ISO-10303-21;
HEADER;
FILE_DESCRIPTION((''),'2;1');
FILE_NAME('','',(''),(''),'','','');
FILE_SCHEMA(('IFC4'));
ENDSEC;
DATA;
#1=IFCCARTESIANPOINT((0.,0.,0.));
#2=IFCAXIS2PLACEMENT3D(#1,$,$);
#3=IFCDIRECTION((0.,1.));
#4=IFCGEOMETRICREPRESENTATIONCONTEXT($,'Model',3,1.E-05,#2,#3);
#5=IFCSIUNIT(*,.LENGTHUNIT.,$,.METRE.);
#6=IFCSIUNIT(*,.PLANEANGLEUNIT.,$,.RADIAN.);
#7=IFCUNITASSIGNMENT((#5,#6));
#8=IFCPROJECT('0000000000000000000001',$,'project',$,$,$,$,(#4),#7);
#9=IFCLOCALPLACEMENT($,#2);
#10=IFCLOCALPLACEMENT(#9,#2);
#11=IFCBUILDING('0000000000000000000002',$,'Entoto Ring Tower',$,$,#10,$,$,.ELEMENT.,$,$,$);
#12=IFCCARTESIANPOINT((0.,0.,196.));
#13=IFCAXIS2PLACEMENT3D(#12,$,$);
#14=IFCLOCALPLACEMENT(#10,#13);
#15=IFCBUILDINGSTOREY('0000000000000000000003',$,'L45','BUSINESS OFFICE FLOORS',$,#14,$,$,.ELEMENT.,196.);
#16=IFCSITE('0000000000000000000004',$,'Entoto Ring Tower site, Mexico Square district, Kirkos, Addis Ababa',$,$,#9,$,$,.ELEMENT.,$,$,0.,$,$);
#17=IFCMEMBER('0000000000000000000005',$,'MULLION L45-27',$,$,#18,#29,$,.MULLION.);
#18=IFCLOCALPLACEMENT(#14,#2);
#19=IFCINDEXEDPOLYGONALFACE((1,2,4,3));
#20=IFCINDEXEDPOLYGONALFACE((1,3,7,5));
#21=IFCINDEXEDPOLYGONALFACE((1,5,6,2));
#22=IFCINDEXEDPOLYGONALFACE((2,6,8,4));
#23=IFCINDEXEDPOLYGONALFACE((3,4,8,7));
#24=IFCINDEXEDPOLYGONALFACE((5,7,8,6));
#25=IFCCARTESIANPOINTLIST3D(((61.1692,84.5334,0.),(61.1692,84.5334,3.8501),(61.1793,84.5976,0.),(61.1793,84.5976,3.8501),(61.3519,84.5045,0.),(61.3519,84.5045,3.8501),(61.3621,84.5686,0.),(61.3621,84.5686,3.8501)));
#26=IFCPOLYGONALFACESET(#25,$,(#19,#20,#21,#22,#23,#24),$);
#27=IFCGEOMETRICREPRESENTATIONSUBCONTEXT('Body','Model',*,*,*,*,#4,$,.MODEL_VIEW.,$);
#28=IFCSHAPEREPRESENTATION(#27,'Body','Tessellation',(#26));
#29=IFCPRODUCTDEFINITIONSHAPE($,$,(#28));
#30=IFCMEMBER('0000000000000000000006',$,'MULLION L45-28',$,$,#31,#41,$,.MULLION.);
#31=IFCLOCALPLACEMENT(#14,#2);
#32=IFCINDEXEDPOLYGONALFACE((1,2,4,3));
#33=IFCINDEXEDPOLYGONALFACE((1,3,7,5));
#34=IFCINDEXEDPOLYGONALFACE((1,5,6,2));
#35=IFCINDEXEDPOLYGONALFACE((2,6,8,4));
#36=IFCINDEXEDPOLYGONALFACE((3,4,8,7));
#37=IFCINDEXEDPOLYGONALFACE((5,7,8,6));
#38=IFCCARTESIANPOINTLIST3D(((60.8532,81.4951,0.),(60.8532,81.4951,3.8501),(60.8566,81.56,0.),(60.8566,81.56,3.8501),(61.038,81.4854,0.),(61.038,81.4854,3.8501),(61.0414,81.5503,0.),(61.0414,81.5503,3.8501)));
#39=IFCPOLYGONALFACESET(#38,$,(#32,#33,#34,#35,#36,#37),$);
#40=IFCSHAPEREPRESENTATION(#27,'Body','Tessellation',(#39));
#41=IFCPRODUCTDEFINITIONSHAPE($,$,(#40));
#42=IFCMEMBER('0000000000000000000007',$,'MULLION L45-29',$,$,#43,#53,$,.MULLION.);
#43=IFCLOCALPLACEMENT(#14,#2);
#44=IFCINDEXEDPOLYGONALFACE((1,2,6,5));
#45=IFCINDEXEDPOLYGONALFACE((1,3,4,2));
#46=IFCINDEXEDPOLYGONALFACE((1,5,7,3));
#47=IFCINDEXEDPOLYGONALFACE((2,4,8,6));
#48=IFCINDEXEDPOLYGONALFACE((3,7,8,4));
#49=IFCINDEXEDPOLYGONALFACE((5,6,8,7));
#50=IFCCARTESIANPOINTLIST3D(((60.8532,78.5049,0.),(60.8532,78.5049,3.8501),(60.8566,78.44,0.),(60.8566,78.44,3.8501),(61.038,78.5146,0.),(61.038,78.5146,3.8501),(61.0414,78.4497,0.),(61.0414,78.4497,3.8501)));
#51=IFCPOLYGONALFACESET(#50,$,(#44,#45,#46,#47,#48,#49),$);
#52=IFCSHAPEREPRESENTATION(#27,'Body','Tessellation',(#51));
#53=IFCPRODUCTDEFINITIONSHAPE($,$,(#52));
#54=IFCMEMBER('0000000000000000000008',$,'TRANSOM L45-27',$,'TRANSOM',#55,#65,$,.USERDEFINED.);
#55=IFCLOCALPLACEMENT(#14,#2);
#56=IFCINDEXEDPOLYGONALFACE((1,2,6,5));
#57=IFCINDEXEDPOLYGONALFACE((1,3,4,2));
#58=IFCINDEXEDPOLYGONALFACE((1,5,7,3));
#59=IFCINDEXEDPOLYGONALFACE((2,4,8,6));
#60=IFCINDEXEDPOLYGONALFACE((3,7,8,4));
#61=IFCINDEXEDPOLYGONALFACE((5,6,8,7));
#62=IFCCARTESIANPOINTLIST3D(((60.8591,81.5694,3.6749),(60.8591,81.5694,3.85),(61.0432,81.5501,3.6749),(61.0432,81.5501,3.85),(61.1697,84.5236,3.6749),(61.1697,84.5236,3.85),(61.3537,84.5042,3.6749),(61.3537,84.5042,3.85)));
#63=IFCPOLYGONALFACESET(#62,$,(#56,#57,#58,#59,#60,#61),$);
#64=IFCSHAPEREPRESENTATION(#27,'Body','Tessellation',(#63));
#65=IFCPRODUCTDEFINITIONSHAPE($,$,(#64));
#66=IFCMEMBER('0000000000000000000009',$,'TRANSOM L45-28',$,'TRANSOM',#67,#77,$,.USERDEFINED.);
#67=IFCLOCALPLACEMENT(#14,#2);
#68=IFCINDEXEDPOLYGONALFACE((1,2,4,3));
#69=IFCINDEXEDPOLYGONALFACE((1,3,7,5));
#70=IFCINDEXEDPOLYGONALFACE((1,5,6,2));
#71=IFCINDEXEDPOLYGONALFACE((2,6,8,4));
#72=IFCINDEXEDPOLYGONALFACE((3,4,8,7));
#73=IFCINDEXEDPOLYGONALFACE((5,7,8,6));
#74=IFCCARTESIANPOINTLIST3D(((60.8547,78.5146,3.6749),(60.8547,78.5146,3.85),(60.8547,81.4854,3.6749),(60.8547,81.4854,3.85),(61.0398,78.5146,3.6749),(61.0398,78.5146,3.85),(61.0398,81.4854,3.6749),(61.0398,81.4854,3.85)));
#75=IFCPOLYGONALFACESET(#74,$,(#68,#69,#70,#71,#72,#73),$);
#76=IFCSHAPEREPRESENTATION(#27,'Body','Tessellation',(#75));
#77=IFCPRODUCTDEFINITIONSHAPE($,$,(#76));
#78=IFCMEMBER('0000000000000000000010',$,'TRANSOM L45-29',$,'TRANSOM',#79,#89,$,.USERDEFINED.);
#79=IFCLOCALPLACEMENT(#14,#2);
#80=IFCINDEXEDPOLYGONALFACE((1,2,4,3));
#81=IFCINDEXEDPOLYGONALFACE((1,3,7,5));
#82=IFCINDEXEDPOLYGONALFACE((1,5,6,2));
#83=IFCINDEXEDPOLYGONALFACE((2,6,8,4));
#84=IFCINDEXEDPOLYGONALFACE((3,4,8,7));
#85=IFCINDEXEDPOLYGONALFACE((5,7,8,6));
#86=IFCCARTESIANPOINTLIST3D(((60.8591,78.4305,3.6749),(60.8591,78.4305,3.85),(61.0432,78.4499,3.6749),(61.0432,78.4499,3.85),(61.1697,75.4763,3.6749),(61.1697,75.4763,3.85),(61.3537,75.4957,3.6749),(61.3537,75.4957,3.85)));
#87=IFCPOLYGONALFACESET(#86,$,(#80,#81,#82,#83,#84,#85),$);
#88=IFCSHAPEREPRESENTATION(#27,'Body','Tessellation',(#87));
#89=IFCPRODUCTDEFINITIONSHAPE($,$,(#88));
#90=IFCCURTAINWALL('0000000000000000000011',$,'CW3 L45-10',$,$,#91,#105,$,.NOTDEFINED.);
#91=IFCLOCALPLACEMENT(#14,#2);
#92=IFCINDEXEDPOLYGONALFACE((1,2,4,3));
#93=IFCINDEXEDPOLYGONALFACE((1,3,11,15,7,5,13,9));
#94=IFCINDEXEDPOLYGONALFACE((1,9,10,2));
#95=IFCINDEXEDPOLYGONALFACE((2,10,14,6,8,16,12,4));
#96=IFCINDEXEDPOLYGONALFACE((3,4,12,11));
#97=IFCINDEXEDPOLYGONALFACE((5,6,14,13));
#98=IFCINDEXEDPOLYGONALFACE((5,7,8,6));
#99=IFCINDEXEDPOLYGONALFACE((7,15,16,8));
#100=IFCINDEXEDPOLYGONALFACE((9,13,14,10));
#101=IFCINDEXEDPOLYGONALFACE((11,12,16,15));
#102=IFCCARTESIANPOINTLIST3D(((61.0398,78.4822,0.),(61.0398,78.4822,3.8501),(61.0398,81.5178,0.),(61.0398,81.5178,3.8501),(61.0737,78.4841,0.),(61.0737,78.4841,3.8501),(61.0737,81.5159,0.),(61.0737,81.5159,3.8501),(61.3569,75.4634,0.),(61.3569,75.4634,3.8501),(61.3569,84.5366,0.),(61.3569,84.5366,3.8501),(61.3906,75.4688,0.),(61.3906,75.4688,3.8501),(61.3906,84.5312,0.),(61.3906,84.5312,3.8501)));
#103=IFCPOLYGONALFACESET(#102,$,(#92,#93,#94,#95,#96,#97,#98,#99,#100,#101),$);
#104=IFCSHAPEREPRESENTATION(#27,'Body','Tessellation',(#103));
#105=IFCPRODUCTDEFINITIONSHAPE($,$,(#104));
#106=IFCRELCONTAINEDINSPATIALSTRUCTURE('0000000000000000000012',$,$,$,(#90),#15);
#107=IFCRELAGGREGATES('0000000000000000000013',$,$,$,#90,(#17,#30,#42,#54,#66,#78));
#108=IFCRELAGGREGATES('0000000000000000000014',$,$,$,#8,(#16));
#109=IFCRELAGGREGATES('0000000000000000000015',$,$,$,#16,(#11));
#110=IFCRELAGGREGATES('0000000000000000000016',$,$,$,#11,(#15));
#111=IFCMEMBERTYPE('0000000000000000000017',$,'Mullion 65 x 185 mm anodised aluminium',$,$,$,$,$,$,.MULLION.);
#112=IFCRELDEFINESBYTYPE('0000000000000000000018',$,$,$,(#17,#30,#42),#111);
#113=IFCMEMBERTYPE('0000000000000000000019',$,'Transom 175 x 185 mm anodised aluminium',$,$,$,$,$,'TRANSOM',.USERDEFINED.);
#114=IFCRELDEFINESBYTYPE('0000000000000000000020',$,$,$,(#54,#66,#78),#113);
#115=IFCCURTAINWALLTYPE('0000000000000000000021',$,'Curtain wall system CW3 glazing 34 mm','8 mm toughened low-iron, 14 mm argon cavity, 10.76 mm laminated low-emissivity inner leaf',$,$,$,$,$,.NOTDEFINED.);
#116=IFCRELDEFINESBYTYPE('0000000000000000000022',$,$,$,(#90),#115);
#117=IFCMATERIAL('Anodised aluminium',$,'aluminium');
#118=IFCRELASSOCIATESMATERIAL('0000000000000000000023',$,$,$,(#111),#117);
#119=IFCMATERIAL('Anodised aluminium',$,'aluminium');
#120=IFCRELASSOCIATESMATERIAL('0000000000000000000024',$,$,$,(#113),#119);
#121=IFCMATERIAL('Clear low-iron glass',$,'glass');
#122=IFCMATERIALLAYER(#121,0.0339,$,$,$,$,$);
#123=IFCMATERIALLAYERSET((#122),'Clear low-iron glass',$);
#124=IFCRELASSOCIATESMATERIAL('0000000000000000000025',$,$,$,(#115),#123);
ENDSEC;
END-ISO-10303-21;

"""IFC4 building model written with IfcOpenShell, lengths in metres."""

from ifc_helpers import new_model, si_unit, direction, frame, origin, origin_2d, place, context, subcontext, project, spatial, polyline, rectangle, outline, extrude, material, layer, layer_set, material_profile, profile_set, type_object, element, aggregate, save


model = new_model("IFC4")

# Units and contexts
model_context = context("Model", 3, precision=1e-05, world=origin(), true_north=direction((0.0, 1.0)))
body_context = subcontext(model_context, "Body", "Model", "MODEL_VIEW")
ifc_project = project(units=[si_unit("LENGTHUNIT", "METRE"), si_unit("PLANEANGLEUNIT", "RADIAN")], contexts=[model_context])

# Members
ifc_material_1 = material(Name="Anodised aluminium", Category="aluminium")
ifc_material_profile_1 = material_profile(ifc_material_1, rectangle(XDim=0.0649, YDim=0.1851, at=origin_2d()), Name="Mullion 65 x 185 mm anodised aluminium")
ifc_profile_set_1 = profile_set([ifc_material_profile_1], Name="Anodised aluminium")
member_type_1 = type_object("IfcMemberType", Name="Mullion 65 x 185 mm anodised aluminium", PredefinedType="MULLION", material=ifc_profile_set_1)
site_placement = place(None, origin())
building_placement = place(site_placement, origin())
storey_placement = place(building_placement, frame((0.0, 0.0, 196.0)))
member_1_placement = place(storey_placement, frame((61.2656, 84.551, 0.0), z_axis=(0.0, 0.0, 1.0), x_axis=(-0.156434, -0.987688, 0.0)))
member_1 = element("IfcMember", 1, at=member_1_placement, type_object=member_type_1, Name="MULLION L45-27", PredefinedType="MULLION", context=body_context, shape_type="SweptSolid", body=[
    extrude(rectangle(XDim=0.0649, YDim=0.1851, at=origin_2d()), origin(), (0.0, 0.0, 1.0), 3.8501),
])
member_2_placement = place(storey_placement, frame((60.9473, 81.5227, 0.0), z_axis=(0.0, 0.0, 1.0), x_axis=(-0.052336, -0.99863, 0.0)))
member_2 = element("IfcMember", 2, at=member_2_placement, type_object=member_type_1, Name="MULLION L45-28", PredefinedType="MULLION", context=body_context, shape_type="SweptSolid", body=[
    extrude(rectangle(XDim=0.0649, YDim=0.1851, at=origin_2d()), origin(), (0.0, 0.0, 1.0), 3.8501),
])
member_3_placement = place(storey_placement, frame((60.9473, 78.4773, 0.0), z_axis=(0.0, 0.0, 1.0), x_axis=(0.052336, -0.99863, 0.0)))
member_3 = element("IfcMember", 3, at=member_3_placement, type_object=member_type_1, Name="MULLION L45-29", PredefinedType="MULLION", context=body_context, shape_type="SweptSolid", body=[
    extrude(rectangle(XDim=0.0649, YDim=0.1851, at=origin_2d()), origin(), (0.0, 0.0, 1.0), 3.8501),
])
ifc_material_2 = material(Name="Anodised aluminium", Category="aluminium")
ifc_material_profile_2 = material_profile(ifc_material_2, rectangle(XDim=0.1851, YDim=0.175, at=origin_2d()), Name="Transom 175 x 185 mm anodised aluminium")
ifc_profile_set_2 = profile_set([ifc_material_profile_2], Name="Anodised aluminium")
member_type_2 = type_object("IfcMemberType", Name="Transom 175 x 185 mm anodised aluminium", ElementType="TRANSOM", PredefinedType="USERDEFINED", material=ifc_profile_set_2)
member_4_placement = place(storey_placement, frame((61.2617, 84.5139, 3.7625), z_axis=(-0.104548, -0.99452, 0.0), x_axis=(0.99452, -0.104548, 0.0)))
member_4 = element("IfcMember", 4, at=member_4_placement, type_object=member_type_2, Name="TRANSOM L45-27", ObjectType="TRANSOM", PredefinedType="USERDEFINED", context=body_context, shape_type="SweptSolid", body=[
    extrude(rectangle(XDim=0.1851, YDim=0.175, at=origin_2d()), origin(), (0.0, 0.0, 1.0), 2.9705),
])
member_5_placement = place(storey_placement, frame((60.9473, 81.4854, 3.7625), z_axis=(0.0, -1.0, 0.0), x_axis=(1.0, 0.0, 0.0)))
member_5 = element("IfcMember", 5, at=member_5_placement, type_object=member_type_2, Name="TRANSOM L45-28", ObjectType="TRANSOM", PredefinedType="USERDEFINED", context=body_context, shape_type="SweptSolid", body=[
    extrude(rectangle(XDim=0.1851, YDim=0.175, at=origin_2d()), origin(), (0.0, 0.0, 1.0), 2.9707),
])
member_6_placement = place(storey_placement, frame((60.9512, 78.4402, 3.7625), z_axis=(0.104548, -0.99452, 0.0), x_axis=(0.99452, 0.104548, 0.0)))
member_6 = element("IfcMember", 6, at=member_6_placement, type_object=member_type_2, Name="TRANSOM L45-29", ObjectType="TRANSOM", PredefinedType="USERDEFINED", context=body_context, shape_type="SweptSolid", body=[
    extrude(rectangle(XDim=0.1851, YDim=0.175, at=origin_2d()), origin(), (0.0, 0.0, 1.0), 2.9705),
])

# Site, building, storey
site = spatial("IfcSite", under=ifc_project, at=site_placement, Name="Entoto Ring Tower site, Mexico Square district, Kirkos, Addis Ababa", CompositionType="ELEMENT", RefElevation=0.0)
building = spatial("IfcBuilding", under=site, at=building_placement, Name="Entoto Ring Tower", CompositionType="ELEMENT")
storey = spatial("IfcBuildingStorey", under=building, at=storey_placement, Name="L45", Description="BUSINESS OFFICE FLOORS", CompositionType="ELEMENT", Elevation=196.0)

# Curtain wall
ifc_material_3 = material(Name="Clear low-iron glass", Category="glass")
ifc_layer = layer(ifc_material_3, 0.0339)
ifc_layer_set = layer_set([ifc_layer], Name="Clear low-iron glass")
curtain_wall_type = type_object("IfcCurtainWallType", Name="Curtain wall system CW3 glazing 34 mm", Description="8 mm toughened low-iron, 14 mm argon cavity, 10.76 mm laminated low-emissivity inner leaf", PredefinedType="NOTDEFINED", material=ifc_layer_set)
curtain_wall_1_placement = place(storey_placement, origin())
curtain_wall_1 = element("IfcCurtainWall", 7, at=curtain_wall_1_placement, inside=storey, type_object=curtain_wall_type, Name="CW3 L45-10", PredefinedType="NOTDEFINED", context=body_context, shape_type="SweptSolid", body=[
    extrude(outline(polyline([(61.3569, 84.5366), (61.0398, 81.5178), (61.0398, 78.4822), (61.3569, 75.4634), (61.3906, 75.4688), (61.0737, 78.4841), (61.0737, 81.5159), (61.3906, 84.5312), (61.3569, 84.5366)])), origin(), (0.0, 0.0, 1.0), 3.8501),
])
aggregate(curtain_wall_1, [member_1, member_2, member_3, member_4, member_5, member_6])

save(model, "model.ifc")
